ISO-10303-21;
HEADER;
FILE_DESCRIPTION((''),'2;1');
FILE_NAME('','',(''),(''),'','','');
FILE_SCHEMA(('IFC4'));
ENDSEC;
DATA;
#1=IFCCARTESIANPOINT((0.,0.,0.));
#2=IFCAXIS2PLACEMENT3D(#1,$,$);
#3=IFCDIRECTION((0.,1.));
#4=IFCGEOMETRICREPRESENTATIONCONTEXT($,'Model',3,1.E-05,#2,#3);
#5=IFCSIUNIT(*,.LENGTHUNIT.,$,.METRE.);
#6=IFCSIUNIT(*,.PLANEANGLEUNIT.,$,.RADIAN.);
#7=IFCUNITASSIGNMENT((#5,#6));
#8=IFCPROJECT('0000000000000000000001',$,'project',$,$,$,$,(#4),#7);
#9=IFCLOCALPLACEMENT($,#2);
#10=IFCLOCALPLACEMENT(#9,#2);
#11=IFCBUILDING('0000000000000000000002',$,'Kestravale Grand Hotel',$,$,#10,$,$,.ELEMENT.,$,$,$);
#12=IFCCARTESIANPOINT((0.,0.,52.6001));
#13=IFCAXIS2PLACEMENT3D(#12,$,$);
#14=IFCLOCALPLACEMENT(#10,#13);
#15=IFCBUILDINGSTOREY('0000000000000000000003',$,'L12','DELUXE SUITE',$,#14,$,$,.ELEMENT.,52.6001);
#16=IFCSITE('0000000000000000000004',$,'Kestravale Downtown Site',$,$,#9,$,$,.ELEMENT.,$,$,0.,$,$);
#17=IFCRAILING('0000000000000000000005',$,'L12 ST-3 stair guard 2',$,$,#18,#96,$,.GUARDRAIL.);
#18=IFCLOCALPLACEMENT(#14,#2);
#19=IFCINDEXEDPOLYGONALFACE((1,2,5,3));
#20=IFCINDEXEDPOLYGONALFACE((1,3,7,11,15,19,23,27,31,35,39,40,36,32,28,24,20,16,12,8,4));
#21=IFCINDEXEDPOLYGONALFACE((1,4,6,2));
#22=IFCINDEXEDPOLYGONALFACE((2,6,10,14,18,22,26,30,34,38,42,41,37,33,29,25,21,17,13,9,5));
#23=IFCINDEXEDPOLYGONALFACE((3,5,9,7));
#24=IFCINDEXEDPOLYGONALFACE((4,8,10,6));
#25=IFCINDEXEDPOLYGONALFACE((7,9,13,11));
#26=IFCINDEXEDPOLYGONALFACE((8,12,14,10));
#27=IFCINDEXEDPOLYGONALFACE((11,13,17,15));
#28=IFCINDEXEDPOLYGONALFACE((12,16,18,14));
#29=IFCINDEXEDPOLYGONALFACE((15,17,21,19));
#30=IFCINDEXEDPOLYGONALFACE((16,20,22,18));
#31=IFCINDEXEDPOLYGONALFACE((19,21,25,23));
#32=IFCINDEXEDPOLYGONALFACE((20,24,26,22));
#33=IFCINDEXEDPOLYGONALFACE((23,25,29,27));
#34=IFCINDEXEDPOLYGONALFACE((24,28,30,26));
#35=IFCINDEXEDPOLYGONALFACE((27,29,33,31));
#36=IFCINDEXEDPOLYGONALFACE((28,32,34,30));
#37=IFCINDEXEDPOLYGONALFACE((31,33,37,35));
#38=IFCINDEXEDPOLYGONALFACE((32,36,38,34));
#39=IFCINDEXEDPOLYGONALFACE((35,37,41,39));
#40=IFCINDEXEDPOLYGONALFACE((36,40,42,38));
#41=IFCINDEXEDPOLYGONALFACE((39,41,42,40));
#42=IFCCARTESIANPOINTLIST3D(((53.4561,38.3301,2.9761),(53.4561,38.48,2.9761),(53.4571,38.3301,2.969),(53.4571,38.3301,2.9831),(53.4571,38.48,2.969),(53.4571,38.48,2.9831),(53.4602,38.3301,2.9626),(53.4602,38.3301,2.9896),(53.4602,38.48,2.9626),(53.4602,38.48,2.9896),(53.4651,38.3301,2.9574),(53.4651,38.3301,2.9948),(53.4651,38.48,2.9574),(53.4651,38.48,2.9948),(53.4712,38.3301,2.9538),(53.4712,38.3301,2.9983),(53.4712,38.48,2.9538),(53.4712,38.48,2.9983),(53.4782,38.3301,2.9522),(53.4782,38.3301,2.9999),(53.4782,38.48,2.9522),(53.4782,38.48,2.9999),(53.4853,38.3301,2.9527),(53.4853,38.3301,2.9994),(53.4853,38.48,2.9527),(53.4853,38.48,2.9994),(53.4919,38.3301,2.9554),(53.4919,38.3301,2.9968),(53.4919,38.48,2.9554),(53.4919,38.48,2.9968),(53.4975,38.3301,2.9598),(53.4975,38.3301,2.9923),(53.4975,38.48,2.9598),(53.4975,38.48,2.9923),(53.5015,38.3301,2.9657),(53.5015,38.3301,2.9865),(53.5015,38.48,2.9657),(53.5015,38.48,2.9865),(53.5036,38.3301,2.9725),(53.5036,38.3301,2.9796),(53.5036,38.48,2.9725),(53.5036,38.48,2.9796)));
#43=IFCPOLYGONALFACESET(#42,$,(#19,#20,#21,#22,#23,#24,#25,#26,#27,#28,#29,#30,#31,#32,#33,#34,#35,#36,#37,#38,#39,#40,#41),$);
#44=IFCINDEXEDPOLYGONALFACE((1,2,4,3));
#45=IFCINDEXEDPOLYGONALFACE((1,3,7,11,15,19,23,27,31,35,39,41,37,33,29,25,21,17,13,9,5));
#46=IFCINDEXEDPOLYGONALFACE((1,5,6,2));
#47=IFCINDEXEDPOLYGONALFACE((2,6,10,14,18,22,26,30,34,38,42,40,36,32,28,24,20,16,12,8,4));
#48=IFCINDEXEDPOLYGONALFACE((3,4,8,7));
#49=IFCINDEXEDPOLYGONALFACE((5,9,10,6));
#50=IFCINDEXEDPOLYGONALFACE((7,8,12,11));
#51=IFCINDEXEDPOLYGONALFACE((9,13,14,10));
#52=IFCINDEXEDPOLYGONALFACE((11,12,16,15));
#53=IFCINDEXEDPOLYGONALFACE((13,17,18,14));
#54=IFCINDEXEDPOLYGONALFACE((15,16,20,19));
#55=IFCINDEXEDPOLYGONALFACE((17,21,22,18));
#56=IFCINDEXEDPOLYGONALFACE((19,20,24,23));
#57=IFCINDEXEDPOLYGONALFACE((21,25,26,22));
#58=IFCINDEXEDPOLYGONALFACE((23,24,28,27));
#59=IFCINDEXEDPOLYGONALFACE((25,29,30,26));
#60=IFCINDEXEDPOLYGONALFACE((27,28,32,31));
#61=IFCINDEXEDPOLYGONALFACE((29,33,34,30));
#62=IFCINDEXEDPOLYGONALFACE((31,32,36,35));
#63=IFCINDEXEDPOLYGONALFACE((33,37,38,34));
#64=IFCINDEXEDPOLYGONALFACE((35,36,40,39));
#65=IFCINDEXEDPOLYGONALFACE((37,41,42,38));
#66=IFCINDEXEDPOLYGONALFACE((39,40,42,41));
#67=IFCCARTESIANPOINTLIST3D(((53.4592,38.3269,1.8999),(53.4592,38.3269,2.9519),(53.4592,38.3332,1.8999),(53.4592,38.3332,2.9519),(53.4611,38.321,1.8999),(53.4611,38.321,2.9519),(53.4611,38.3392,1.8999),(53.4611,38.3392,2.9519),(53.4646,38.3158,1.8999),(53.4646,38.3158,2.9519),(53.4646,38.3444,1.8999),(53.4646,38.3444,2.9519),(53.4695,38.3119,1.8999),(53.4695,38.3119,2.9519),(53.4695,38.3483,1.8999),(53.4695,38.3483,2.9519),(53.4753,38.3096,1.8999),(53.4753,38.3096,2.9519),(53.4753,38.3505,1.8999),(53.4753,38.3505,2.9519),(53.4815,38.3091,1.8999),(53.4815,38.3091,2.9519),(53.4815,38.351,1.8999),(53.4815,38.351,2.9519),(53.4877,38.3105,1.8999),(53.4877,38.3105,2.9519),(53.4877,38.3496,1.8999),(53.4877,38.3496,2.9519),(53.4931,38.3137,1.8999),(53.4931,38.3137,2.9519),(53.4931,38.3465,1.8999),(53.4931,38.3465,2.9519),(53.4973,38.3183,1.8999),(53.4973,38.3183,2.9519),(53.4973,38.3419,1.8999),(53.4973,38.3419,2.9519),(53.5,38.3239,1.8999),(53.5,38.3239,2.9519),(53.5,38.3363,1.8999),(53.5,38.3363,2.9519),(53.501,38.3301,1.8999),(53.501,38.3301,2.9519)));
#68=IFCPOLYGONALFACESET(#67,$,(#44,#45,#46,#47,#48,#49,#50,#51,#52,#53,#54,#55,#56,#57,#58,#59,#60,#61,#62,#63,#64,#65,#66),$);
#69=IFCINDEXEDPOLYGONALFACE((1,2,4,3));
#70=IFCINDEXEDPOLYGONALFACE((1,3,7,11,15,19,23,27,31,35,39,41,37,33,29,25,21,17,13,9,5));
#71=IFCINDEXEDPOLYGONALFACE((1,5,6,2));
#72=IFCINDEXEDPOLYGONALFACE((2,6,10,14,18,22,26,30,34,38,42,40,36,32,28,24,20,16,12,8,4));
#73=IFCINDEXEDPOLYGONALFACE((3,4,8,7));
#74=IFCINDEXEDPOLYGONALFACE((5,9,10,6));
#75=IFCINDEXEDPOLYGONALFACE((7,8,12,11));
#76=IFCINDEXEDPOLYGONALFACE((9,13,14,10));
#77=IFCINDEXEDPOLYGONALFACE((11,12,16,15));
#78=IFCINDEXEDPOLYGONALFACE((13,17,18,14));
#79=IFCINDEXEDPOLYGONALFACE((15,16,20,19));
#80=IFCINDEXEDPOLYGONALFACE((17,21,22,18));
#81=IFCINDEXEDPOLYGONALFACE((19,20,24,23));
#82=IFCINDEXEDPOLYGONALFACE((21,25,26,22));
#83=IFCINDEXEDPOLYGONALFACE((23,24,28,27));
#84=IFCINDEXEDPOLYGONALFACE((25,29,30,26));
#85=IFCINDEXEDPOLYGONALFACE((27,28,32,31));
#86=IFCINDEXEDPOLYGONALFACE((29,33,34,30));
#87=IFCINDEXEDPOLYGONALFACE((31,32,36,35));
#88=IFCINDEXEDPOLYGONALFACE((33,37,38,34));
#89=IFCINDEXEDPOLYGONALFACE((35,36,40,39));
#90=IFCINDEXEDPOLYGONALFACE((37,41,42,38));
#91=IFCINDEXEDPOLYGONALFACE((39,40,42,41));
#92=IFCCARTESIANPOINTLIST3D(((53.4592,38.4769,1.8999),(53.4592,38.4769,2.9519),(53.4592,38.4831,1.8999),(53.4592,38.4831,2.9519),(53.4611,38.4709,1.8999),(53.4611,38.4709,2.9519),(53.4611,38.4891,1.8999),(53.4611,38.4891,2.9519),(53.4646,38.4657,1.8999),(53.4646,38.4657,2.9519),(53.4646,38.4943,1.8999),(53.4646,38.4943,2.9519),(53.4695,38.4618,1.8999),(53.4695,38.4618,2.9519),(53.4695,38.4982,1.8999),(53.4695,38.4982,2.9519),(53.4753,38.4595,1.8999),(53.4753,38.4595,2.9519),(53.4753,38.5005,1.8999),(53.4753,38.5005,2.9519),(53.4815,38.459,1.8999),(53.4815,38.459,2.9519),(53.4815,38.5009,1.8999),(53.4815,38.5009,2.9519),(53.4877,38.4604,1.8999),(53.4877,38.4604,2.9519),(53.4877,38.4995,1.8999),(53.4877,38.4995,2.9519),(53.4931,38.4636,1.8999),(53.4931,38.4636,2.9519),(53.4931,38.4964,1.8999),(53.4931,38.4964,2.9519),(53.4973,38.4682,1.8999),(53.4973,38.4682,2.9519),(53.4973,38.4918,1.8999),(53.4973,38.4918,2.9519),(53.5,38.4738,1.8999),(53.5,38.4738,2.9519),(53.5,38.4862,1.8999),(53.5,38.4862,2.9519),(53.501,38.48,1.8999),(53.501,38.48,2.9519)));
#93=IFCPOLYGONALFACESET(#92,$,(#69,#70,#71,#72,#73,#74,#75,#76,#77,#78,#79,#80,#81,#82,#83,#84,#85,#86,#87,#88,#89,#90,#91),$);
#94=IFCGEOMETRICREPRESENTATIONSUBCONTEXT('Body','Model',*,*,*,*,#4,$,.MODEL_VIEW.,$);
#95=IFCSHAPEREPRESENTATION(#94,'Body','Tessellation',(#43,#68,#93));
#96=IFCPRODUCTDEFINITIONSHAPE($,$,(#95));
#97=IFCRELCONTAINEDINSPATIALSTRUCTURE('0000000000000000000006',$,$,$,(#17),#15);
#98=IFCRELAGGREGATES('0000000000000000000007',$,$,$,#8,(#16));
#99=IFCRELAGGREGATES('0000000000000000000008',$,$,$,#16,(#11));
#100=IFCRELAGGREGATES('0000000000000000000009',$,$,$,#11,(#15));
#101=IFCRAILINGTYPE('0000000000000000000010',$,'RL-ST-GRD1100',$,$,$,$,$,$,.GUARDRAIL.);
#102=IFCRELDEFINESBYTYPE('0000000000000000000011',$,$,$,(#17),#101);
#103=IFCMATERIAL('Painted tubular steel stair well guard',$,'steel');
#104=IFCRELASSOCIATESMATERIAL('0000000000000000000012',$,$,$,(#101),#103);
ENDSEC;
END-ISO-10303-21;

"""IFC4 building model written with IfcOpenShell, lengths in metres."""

from ifc_helpers import new_model, si_unit, direction, frame, origin, origin_2d, place, context, subcontext, project, spatial, circle, extrude, material, type_object, element, save


model = new_model("IFC4")

# Units and contexts
model_context = context("Model", 3, precision=1e-05, world=origin(), true_north=direction((0.0, 1.0)))
body_context = subcontext(model_context, "Body", "Model", "MODEL_VIEW")
ifc_project = project(units=[si_unit("LENGTHUNIT", "METRE"), si_unit("PLANEANGLEUNIT", "RADIAN")], contexts=[model_context])

# Site, building, storey
site_placement = place(None, origin())
site = spatial("IfcSite", under=ifc_project, at=site_placement, Name="Kestravale Downtown Site", CompositionType="ELEMENT", RefElevation=0.0)
building_placement = place(site_placement, origin())
building = spatial("IfcBuilding", under=site, at=building_placement, Name="Kestravale Grand Hotel", CompositionType="ELEMENT")
storey_placement = place(building_placement, frame((0.0, 0.0, 52.6001)))
storey = spatial("IfcBuildingStorey", under=building, at=storey_placement, Name="L12", Description="DELUXE SUITE", CompositionType="ELEMENT", Elevation=52.6001)

# Railing
ifc_material_1 = material(Name="Painted tubular steel stair well guard", Category="steel")
railing_type_1 = type_object("IfcRailingType", Name="RL-ST-GRD1100", PredefinedType="GUARDRAIL", material=ifc_material_1)
railing_1_placement = place(storey_placement, frame((53.48, 38.3301, 1.8999)))
element("IfcRailing", 1, at=railing_1_placement, inside=storey, type_object=railing_type_1, Name="L12 ST-3 stair guard 2", PredefinedType="GUARDRAIL", context=body_context, shape_type="SweptSolid", body=[
    extrude(circle(Radius=0.0239, at=origin_2d()), frame((0.0, 0.0, 1.0762), z_axis=(0.0, 1.0, 0.0), x_axis=(-1.0, 0.0, 0.0)), (0.0, 0.0, 1.0), 0.1499),
    extrude(circle(Radius=0.021, at=origin_2d()), origin(), (0.0, 0.0, 1.0), 1.052),
    extrude(circle(Radius=0.021, at=origin_2d()), frame((0.0, 0.1499, 0.0)), (0.0, 0.0, 1.0), 1.052),
])

save(model, "model.ifc")
